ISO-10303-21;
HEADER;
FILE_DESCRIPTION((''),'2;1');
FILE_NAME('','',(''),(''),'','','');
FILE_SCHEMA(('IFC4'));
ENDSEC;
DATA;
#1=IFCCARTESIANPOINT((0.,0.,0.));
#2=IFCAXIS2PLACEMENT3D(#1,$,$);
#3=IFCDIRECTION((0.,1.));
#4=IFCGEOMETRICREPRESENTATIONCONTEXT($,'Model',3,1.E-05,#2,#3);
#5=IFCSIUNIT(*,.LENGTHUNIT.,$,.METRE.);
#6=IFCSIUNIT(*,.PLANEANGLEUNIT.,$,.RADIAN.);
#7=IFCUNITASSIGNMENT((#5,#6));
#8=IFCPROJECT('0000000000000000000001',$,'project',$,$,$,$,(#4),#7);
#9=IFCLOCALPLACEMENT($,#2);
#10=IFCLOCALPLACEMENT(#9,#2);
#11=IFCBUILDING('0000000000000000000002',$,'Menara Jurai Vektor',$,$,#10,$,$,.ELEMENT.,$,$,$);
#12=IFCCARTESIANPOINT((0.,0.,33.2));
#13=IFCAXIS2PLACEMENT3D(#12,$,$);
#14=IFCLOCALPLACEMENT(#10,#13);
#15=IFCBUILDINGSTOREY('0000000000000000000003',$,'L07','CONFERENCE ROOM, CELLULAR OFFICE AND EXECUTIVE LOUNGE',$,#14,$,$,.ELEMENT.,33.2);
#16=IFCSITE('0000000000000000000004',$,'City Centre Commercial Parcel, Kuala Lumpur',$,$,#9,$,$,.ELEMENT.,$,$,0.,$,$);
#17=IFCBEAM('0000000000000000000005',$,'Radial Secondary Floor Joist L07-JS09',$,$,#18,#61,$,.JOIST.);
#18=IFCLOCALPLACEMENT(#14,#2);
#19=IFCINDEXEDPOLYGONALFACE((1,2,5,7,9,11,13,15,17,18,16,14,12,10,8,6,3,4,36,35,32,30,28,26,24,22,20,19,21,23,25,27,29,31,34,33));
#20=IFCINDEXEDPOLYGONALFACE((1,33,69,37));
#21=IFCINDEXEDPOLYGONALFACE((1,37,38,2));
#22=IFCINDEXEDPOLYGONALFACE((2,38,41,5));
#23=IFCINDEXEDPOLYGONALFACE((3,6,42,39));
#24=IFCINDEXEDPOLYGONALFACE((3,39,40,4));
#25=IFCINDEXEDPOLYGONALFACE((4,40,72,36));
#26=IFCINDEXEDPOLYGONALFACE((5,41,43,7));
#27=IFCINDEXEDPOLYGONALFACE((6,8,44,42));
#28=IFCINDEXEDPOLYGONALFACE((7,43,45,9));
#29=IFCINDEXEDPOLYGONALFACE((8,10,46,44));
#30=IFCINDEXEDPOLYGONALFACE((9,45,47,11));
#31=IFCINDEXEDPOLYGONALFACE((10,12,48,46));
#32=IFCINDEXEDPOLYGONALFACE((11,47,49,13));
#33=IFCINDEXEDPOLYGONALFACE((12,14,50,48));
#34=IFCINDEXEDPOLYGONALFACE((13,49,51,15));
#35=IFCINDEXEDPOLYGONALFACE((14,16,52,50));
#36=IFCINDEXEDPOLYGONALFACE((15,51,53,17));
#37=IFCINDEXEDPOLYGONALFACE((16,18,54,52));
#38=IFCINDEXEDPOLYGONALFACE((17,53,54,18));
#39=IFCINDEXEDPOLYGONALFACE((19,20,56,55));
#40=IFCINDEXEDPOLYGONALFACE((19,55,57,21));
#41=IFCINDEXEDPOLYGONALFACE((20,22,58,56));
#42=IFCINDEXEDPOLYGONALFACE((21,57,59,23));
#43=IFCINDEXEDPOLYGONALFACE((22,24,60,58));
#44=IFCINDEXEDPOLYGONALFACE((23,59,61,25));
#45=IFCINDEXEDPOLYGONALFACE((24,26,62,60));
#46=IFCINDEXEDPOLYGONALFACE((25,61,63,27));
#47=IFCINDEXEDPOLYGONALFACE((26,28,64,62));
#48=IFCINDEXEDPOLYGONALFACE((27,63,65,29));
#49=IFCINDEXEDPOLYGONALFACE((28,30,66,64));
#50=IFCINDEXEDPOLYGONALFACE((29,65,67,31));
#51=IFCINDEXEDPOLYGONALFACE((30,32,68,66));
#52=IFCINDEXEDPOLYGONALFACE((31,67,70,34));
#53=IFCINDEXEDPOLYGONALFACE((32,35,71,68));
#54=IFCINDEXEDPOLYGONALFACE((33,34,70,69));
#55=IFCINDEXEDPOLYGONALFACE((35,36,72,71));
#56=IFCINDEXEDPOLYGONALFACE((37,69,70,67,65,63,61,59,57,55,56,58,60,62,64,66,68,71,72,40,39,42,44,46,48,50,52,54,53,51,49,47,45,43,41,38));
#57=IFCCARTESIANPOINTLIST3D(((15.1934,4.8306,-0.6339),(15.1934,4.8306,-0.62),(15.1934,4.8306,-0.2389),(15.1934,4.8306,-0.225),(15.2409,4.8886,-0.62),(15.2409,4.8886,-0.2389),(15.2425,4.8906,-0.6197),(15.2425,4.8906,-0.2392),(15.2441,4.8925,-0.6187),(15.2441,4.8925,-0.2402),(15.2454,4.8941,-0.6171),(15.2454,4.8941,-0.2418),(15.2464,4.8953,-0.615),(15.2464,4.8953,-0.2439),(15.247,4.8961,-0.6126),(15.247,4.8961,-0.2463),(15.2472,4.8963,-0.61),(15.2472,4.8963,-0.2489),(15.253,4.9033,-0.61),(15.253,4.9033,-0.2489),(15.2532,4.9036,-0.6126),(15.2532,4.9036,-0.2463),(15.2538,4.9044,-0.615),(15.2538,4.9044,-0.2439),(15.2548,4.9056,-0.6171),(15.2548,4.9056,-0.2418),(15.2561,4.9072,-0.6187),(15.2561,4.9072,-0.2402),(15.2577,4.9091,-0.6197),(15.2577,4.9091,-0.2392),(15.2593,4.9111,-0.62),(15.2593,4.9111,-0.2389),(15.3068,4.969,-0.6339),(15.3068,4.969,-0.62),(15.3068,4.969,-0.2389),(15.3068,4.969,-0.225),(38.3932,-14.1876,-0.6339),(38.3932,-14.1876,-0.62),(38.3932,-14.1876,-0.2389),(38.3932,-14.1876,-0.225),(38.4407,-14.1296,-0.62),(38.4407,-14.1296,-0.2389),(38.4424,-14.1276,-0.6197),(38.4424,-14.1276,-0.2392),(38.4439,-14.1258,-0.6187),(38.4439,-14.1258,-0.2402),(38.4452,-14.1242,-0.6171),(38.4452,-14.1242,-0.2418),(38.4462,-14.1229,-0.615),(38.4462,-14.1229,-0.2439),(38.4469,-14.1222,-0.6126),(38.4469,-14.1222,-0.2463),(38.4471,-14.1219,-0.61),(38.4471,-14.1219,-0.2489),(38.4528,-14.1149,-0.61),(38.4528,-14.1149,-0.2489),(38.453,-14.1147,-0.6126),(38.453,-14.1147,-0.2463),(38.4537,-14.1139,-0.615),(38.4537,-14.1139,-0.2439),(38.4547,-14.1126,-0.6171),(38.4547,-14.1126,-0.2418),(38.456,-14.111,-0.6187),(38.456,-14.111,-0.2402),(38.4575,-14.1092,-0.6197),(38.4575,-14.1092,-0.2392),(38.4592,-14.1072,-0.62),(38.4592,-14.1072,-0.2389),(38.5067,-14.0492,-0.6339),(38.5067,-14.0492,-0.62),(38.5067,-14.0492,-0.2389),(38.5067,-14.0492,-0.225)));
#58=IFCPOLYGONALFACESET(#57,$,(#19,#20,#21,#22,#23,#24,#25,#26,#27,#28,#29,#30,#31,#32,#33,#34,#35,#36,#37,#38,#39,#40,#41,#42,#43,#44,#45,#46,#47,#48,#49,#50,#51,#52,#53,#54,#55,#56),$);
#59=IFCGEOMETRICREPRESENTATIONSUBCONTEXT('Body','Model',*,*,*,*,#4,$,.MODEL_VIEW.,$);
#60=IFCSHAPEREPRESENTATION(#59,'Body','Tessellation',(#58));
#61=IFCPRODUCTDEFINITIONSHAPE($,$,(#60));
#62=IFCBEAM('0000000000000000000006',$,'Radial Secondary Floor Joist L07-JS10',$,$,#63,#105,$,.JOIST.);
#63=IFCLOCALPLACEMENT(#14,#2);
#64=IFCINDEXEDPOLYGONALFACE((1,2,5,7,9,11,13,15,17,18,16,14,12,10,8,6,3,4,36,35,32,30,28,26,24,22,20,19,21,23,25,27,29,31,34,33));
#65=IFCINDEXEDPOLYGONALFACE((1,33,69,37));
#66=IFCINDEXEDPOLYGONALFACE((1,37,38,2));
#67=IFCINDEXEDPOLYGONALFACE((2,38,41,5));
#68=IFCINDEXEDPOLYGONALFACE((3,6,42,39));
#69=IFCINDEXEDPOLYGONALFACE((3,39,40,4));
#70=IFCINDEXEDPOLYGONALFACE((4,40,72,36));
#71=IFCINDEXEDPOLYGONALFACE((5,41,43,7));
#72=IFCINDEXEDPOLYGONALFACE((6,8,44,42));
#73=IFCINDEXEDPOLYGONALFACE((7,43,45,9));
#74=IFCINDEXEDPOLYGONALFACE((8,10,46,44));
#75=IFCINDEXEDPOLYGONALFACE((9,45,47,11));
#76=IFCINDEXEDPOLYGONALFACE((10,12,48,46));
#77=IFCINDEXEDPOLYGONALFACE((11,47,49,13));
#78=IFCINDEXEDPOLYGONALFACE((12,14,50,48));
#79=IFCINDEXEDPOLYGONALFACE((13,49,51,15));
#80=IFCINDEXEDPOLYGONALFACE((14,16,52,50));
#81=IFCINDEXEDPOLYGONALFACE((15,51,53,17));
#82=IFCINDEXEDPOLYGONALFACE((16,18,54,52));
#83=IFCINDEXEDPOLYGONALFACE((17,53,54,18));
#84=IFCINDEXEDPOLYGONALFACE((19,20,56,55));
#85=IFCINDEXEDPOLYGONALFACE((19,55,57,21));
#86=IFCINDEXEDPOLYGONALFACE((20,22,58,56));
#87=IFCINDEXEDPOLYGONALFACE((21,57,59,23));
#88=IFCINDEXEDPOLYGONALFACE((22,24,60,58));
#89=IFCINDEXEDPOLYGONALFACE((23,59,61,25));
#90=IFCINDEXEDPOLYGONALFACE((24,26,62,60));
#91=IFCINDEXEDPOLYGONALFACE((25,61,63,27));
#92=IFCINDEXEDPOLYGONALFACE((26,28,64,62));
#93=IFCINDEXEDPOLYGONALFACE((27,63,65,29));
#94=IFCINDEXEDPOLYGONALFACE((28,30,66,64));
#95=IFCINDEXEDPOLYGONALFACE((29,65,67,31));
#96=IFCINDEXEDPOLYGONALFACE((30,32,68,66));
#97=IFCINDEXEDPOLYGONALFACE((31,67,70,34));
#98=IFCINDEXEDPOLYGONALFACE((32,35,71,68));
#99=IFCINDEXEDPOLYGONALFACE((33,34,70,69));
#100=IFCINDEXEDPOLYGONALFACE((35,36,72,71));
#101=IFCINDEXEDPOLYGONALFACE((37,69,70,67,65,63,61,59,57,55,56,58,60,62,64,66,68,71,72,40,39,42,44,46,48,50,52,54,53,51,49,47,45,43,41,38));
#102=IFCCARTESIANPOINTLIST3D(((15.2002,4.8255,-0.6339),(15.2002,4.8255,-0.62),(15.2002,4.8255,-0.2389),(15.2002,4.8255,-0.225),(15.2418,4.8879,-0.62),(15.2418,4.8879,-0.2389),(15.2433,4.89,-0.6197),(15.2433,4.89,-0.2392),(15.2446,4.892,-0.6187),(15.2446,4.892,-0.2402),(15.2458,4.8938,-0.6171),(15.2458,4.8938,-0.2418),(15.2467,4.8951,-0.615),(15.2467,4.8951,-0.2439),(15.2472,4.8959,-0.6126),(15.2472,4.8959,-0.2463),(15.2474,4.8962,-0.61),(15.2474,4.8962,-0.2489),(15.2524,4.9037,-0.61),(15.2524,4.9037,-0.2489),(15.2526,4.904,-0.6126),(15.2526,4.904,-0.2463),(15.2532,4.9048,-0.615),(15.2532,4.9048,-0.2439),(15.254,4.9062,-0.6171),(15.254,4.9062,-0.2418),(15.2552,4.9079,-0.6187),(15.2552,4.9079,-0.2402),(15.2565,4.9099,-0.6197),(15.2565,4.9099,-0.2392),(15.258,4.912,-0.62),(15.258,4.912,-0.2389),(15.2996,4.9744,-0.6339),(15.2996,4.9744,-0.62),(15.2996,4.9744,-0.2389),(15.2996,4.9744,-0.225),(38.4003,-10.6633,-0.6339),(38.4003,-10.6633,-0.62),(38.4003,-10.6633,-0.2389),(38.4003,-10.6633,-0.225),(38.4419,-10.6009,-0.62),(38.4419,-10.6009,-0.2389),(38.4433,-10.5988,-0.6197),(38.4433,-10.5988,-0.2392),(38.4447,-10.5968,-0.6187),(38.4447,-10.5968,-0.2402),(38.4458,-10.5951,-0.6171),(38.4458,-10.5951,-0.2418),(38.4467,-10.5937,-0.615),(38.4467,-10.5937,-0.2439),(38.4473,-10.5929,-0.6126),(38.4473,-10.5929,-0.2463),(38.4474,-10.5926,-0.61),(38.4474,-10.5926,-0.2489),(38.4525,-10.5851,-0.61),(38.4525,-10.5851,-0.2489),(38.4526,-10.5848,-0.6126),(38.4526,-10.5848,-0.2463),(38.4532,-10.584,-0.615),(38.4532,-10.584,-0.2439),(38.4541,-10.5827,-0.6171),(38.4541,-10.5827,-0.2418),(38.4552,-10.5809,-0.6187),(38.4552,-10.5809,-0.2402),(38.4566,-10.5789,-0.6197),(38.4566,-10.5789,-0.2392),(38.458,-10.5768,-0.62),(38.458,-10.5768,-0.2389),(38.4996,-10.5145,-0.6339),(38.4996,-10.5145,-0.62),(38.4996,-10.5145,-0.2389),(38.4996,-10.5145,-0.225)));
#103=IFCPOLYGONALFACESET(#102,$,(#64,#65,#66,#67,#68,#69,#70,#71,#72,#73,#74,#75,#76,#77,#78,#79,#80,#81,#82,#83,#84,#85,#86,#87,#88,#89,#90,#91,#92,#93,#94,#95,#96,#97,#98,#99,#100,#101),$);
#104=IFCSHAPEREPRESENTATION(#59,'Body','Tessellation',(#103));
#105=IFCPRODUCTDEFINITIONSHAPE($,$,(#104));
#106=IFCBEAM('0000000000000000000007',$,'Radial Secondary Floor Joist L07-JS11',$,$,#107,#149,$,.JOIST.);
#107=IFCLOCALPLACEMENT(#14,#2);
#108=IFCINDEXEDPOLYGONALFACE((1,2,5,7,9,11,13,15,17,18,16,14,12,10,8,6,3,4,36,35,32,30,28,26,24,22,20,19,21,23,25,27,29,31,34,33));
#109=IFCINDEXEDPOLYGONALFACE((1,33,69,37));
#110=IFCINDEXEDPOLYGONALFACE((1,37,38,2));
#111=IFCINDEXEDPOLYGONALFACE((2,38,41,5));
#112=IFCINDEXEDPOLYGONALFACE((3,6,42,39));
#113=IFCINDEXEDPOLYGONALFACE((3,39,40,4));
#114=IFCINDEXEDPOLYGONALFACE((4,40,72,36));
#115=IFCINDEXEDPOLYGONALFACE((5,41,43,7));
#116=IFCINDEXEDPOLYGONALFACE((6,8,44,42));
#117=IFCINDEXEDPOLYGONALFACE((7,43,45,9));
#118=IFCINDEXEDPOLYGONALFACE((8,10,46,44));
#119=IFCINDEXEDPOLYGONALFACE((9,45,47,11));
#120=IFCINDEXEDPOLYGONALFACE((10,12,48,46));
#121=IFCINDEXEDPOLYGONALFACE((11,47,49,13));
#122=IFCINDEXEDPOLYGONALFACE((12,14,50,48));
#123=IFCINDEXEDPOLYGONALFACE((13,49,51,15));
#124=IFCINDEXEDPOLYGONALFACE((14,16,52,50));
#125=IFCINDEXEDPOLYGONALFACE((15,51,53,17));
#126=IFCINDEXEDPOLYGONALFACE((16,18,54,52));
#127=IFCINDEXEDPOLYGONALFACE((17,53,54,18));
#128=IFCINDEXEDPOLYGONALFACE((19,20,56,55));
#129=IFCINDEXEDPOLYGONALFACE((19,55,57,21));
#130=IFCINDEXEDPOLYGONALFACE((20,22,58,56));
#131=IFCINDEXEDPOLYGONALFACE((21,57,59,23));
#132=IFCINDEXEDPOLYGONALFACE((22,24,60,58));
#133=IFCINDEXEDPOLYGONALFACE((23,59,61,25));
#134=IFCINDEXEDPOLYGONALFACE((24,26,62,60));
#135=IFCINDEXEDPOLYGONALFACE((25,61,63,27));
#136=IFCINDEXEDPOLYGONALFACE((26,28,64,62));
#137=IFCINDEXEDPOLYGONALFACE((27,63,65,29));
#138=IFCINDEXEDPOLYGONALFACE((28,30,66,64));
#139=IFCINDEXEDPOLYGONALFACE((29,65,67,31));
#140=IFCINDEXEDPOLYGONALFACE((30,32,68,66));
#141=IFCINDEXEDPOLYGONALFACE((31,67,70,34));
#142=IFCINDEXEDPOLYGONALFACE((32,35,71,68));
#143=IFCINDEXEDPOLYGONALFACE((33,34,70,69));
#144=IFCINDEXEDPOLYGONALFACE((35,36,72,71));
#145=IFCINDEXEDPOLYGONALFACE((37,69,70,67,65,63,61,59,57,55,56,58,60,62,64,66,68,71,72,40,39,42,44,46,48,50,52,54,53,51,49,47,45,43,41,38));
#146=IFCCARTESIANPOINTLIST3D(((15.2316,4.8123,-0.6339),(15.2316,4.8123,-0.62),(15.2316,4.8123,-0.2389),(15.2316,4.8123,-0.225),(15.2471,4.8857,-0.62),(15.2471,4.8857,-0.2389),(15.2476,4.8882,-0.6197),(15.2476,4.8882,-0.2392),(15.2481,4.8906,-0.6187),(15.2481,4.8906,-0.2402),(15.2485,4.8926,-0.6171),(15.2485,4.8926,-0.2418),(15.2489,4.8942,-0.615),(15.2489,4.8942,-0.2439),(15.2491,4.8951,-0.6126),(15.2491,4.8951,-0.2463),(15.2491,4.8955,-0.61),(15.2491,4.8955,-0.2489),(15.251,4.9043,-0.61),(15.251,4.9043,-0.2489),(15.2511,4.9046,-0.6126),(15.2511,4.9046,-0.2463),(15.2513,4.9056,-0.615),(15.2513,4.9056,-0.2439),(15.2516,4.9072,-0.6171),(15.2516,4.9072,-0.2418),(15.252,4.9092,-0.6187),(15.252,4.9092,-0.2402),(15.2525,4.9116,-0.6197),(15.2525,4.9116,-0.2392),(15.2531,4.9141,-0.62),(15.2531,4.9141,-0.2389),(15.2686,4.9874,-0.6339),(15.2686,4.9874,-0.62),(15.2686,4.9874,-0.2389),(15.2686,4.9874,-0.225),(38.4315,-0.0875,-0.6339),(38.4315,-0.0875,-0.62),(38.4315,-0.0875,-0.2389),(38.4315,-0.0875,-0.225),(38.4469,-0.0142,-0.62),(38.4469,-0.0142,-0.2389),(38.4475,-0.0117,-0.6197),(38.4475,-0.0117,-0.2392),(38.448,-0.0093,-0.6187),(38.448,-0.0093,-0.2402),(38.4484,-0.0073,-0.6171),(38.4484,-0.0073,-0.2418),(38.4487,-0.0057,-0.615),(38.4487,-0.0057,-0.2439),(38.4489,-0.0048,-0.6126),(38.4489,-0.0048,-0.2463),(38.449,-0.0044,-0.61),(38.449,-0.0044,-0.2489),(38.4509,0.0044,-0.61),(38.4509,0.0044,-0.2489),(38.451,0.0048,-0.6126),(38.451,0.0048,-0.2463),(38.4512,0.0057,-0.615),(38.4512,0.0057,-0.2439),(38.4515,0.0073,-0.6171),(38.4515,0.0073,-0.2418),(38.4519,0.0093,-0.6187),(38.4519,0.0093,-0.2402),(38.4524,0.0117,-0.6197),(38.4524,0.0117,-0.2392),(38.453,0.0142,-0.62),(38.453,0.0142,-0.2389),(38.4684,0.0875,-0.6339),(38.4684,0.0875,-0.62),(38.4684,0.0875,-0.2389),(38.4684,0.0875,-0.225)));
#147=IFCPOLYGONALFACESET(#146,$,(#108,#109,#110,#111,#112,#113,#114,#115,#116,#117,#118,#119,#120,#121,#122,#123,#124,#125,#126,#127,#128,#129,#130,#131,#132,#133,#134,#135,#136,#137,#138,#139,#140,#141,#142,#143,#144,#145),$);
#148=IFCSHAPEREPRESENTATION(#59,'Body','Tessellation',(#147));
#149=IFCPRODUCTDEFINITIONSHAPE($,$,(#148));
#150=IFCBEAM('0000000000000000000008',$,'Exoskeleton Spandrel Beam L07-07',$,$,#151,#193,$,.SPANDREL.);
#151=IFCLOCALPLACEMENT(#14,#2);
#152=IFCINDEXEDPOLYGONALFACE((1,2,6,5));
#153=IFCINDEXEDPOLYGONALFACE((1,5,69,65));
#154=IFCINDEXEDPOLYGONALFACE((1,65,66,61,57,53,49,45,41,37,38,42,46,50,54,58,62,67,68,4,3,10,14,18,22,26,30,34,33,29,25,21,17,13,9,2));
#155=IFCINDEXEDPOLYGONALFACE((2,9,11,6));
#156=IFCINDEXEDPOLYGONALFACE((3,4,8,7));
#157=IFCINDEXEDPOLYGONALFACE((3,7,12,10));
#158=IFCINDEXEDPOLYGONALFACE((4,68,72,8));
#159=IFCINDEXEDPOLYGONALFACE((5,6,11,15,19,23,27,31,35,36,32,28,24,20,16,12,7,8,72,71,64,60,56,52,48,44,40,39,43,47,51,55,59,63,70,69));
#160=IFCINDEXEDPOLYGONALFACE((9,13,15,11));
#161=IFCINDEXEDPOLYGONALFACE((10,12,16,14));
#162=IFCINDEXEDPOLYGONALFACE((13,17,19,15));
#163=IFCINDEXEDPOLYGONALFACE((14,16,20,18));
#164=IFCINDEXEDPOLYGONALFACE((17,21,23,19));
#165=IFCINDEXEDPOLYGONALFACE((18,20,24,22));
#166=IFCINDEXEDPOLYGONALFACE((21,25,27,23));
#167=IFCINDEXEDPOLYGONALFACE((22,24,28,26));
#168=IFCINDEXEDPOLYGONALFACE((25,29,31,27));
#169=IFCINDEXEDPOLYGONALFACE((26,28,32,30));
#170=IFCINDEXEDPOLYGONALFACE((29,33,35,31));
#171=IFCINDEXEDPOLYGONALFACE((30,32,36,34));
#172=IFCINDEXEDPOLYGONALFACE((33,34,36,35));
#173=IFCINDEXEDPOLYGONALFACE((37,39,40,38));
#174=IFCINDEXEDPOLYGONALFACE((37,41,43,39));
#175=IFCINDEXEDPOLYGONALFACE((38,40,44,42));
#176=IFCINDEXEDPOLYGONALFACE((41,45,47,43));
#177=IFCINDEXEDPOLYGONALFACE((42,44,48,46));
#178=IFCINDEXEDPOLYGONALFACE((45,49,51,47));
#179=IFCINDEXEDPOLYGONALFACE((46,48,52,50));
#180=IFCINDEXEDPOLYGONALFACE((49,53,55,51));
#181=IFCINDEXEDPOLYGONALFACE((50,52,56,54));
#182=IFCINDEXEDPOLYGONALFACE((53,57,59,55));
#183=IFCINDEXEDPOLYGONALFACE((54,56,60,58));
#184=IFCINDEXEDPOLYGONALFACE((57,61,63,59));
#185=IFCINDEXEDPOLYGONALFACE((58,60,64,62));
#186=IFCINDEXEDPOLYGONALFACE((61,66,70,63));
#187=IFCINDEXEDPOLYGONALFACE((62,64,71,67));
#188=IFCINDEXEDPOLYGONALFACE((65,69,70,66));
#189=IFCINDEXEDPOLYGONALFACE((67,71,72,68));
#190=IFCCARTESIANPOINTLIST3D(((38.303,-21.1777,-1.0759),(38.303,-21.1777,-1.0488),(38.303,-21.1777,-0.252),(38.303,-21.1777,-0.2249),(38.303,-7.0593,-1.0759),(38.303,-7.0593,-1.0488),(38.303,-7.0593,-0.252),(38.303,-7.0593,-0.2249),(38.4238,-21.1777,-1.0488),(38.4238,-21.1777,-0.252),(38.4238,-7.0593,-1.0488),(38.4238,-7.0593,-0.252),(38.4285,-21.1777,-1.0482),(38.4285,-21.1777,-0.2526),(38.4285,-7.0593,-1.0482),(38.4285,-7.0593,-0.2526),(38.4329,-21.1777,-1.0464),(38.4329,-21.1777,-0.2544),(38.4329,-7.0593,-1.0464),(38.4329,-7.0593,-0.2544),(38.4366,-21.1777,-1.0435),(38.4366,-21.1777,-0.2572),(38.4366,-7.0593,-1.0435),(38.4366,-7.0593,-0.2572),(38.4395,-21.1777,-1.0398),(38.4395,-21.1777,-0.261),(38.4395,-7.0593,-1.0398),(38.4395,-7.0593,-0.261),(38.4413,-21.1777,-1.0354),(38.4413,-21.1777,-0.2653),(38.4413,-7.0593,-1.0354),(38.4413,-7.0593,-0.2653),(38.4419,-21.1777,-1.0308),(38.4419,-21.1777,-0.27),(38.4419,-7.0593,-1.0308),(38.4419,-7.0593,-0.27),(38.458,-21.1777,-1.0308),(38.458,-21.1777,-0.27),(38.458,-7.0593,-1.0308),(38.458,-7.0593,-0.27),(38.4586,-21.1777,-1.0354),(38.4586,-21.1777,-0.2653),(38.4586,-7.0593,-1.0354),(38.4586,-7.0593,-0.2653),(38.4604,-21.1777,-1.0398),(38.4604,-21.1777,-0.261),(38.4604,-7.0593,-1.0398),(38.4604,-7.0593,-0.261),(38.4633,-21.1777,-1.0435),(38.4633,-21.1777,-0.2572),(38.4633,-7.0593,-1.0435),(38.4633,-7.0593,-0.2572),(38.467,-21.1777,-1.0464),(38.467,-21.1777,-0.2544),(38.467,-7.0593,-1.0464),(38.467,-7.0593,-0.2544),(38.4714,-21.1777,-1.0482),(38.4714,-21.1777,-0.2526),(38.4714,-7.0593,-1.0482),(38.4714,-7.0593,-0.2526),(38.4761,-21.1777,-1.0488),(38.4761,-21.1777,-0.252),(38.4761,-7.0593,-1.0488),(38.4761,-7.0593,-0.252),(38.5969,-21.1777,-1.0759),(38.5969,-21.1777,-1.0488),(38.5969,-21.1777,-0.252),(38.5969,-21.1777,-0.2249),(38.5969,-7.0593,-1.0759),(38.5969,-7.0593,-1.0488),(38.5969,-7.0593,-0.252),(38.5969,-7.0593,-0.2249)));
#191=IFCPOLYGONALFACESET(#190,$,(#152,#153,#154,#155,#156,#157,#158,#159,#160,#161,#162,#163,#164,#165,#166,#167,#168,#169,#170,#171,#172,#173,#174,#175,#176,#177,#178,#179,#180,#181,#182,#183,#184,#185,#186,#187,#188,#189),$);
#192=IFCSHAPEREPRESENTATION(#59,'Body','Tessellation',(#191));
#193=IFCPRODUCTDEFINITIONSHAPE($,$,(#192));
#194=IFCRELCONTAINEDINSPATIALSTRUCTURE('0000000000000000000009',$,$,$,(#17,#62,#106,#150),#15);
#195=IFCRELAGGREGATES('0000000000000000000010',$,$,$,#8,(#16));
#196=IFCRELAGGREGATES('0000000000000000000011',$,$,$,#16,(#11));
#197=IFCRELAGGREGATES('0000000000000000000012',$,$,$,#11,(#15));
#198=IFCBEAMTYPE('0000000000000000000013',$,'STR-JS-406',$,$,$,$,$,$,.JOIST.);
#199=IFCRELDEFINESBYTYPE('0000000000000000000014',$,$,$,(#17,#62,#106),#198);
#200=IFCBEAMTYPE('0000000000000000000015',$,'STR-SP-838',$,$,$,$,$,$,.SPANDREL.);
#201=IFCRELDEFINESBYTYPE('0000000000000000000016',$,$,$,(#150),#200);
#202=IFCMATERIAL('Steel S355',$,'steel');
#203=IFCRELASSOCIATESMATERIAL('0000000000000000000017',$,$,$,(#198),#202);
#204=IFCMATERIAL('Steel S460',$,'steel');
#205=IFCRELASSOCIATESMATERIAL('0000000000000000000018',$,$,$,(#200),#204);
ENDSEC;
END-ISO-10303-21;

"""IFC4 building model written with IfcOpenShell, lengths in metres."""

from ifc_helpers import new_model, si_unit, direction, frame, origin, origin_2d, place, context, subcontext, project, spatial, i_section, extrude, material, material_profile, profile_set, type_object, element, save


model = new_model("IFC4")

# Units and contexts
model_context = context("Model", 3, precision=1e-05, world=origin(), true_north=direction((0.0, 1.0)))
body_context = subcontext(model_context, "Body", "Model", "MODEL_VIEW")
ifc_project = project(units=[si_unit("LENGTHUNIT", "METRE"), si_unit("PLANEANGLEUNIT", "RADIAN")], contexts=[model_context])

# Site, building, storey
site_placement = place(None, origin())
site = spatial("IfcSite", under=ifc_project, at=site_placement, Name="City Centre Commercial Parcel, Kuala Lumpur", CompositionType="ELEMENT", RefElevation=0.0)
building_placement = place(site_placement, origin())
building = spatial("IfcBuilding", under=site, at=building_placement, Name="Menara Jurai Vektor", CompositionType="ELEMENT")
storey_placement = place(building_placement, frame((0.0, 0.0, 33.2)))
storey = spatial("IfcBuildingStorey", under=building, at=storey_placement, Name="L07", Description="CONFERENCE ROOM, CELLULAR OFFICE AND EXECUTIVE LOUNGE", CompositionType="ELEMENT", Elevation=33.2)

# Shared definitions
ifc_material_1 = material(Name="Steel S460", Category="steel")

# Beams
ifc_material_2 = material(Name="Steel S355", Category="steel")
ifc_material_profile_1 = material_profile(ifc_material_2, i_section(OverallWidth=0.179, OverallDepth=0.4089, WebThickness=0.009, FlangeThickness=0.0139, FilletRadius=0.01, at=origin_2d()), Name="UKB 406x178x67")
ifc_profile_set_1 = profile_set([ifc_material_profile_1], Name="Steel S355")
beam_type_1 = type_object("IfcBeamType", Name="STR-JS-406", PredefinedType="JOIST", material=ifc_profile_set_1)
beam_1_placement = place(storey_placement, frame((38.45, -14.1184, -0.4294), z_axis=(-0.77336, 0.633967, 0.0), x_axis=(-0.633967, -0.77336, 0.0)))
element("IfcBeam", 1, at=beam_1_placement, inside=storey, type_object=beam_type_1, Name="Radial Secondary Floor Joist L07-JS09", PredefinedType="JOIST", context=body_context, shape_type="SweptSolid", body=[
    extrude(i_section(OverallWidth=0.179, OverallDepth=0.4089, WebThickness=0.009, FlangeThickness=0.0139, FilletRadius=0.01, at=origin_2d()), origin(), (0.0, 0.0, 1.0), 29.9988),
])
beam_2_placement = place(storey_placement, frame((38.45, -10.5889, -0.4294), z_axis=(-0.831684, 0.555249, 0.0), x_axis=(-0.555249, -0.831684, 0.0)))
element("IfcBeam", 2, at=beam_2_placement, inside=storey, type_object=beam_type_1, Name="Radial Secondary Floor Joist L07-JS10", PredefinedType="JOIST", context=body_context, shape_type="SweptSolid", body=[
    extrude(i_section(OverallWidth=0.179, OverallDepth=0.4089, WebThickness=0.009, FlangeThickness=0.0139, FilletRadius=0.01, at=origin_2d()), origin(), (0.0, 0.0, 1.0), 27.8953),
])
beam_3_placement = place(storey_placement, frame((38.45, 0.0, -0.4294), z_axis=(-0.978416, 0.206645, 0.0), x_axis=(-0.206645, -0.978416, 0.0)))
element("IfcBeam", 3, at=beam_3_placement, inside=storey, type_object=beam_type_1, Name="Radial Secondary Floor Joist L07-JS11", PredefinedType="JOIST", context=body_context, shape_type="SweptSolid", body=[
    extrude(i_section(OverallWidth=0.179, OverallDepth=0.4089, WebThickness=0.009, FlangeThickness=0.0139, FilletRadius=0.01, at=origin_2d()), origin(), (0.0, 0.0, 1.0), 23.7117),
])
ifc_material_profile_2 = material_profile(ifc_material_1, i_section(OverallWidth=0.2939, OverallDepth=0.8511, WebThickness=0.0161, FlangeThickness=0.0271, FilletRadius=0.0181, at=origin_2d()), Name="UKB 838x292x226")
ifc_profile_set_2 = profile_set([ifc_material_profile_2], Name="Steel S460")
beam_type_2 = type_object("IfcBeamType", Name="STR-SP-838", PredefinedType="SPANDREL", material=ifc_profile_set_2)
beam_4_placement = place(storey_placement, frame((38.45, -21.1777, -0.6504), z_axis=(0.0, 1.0, 0.0), x_axis=(-1.0, 0.0, 0.0)))
element("IfcBeam", 4, at=beam_4_placement, inside=storey, type_object=beam_type_2, Name="Exoskeleton Spandrel Beam L07-07", PredefinedType="SPANDREL", context=body_context, shape_type="SweptSolid", body=[
    extrude(i_section(OverallWidth=0.2939, OverallDepth=0.8511, WebThickness=0.0161, FlangeThickness=0.0271, FilletRadius=0.0181, at=origin_2d()), origin(), (0.0, 0.0, 1.0), 14.1184),
])

save(model, "model.ifc")
